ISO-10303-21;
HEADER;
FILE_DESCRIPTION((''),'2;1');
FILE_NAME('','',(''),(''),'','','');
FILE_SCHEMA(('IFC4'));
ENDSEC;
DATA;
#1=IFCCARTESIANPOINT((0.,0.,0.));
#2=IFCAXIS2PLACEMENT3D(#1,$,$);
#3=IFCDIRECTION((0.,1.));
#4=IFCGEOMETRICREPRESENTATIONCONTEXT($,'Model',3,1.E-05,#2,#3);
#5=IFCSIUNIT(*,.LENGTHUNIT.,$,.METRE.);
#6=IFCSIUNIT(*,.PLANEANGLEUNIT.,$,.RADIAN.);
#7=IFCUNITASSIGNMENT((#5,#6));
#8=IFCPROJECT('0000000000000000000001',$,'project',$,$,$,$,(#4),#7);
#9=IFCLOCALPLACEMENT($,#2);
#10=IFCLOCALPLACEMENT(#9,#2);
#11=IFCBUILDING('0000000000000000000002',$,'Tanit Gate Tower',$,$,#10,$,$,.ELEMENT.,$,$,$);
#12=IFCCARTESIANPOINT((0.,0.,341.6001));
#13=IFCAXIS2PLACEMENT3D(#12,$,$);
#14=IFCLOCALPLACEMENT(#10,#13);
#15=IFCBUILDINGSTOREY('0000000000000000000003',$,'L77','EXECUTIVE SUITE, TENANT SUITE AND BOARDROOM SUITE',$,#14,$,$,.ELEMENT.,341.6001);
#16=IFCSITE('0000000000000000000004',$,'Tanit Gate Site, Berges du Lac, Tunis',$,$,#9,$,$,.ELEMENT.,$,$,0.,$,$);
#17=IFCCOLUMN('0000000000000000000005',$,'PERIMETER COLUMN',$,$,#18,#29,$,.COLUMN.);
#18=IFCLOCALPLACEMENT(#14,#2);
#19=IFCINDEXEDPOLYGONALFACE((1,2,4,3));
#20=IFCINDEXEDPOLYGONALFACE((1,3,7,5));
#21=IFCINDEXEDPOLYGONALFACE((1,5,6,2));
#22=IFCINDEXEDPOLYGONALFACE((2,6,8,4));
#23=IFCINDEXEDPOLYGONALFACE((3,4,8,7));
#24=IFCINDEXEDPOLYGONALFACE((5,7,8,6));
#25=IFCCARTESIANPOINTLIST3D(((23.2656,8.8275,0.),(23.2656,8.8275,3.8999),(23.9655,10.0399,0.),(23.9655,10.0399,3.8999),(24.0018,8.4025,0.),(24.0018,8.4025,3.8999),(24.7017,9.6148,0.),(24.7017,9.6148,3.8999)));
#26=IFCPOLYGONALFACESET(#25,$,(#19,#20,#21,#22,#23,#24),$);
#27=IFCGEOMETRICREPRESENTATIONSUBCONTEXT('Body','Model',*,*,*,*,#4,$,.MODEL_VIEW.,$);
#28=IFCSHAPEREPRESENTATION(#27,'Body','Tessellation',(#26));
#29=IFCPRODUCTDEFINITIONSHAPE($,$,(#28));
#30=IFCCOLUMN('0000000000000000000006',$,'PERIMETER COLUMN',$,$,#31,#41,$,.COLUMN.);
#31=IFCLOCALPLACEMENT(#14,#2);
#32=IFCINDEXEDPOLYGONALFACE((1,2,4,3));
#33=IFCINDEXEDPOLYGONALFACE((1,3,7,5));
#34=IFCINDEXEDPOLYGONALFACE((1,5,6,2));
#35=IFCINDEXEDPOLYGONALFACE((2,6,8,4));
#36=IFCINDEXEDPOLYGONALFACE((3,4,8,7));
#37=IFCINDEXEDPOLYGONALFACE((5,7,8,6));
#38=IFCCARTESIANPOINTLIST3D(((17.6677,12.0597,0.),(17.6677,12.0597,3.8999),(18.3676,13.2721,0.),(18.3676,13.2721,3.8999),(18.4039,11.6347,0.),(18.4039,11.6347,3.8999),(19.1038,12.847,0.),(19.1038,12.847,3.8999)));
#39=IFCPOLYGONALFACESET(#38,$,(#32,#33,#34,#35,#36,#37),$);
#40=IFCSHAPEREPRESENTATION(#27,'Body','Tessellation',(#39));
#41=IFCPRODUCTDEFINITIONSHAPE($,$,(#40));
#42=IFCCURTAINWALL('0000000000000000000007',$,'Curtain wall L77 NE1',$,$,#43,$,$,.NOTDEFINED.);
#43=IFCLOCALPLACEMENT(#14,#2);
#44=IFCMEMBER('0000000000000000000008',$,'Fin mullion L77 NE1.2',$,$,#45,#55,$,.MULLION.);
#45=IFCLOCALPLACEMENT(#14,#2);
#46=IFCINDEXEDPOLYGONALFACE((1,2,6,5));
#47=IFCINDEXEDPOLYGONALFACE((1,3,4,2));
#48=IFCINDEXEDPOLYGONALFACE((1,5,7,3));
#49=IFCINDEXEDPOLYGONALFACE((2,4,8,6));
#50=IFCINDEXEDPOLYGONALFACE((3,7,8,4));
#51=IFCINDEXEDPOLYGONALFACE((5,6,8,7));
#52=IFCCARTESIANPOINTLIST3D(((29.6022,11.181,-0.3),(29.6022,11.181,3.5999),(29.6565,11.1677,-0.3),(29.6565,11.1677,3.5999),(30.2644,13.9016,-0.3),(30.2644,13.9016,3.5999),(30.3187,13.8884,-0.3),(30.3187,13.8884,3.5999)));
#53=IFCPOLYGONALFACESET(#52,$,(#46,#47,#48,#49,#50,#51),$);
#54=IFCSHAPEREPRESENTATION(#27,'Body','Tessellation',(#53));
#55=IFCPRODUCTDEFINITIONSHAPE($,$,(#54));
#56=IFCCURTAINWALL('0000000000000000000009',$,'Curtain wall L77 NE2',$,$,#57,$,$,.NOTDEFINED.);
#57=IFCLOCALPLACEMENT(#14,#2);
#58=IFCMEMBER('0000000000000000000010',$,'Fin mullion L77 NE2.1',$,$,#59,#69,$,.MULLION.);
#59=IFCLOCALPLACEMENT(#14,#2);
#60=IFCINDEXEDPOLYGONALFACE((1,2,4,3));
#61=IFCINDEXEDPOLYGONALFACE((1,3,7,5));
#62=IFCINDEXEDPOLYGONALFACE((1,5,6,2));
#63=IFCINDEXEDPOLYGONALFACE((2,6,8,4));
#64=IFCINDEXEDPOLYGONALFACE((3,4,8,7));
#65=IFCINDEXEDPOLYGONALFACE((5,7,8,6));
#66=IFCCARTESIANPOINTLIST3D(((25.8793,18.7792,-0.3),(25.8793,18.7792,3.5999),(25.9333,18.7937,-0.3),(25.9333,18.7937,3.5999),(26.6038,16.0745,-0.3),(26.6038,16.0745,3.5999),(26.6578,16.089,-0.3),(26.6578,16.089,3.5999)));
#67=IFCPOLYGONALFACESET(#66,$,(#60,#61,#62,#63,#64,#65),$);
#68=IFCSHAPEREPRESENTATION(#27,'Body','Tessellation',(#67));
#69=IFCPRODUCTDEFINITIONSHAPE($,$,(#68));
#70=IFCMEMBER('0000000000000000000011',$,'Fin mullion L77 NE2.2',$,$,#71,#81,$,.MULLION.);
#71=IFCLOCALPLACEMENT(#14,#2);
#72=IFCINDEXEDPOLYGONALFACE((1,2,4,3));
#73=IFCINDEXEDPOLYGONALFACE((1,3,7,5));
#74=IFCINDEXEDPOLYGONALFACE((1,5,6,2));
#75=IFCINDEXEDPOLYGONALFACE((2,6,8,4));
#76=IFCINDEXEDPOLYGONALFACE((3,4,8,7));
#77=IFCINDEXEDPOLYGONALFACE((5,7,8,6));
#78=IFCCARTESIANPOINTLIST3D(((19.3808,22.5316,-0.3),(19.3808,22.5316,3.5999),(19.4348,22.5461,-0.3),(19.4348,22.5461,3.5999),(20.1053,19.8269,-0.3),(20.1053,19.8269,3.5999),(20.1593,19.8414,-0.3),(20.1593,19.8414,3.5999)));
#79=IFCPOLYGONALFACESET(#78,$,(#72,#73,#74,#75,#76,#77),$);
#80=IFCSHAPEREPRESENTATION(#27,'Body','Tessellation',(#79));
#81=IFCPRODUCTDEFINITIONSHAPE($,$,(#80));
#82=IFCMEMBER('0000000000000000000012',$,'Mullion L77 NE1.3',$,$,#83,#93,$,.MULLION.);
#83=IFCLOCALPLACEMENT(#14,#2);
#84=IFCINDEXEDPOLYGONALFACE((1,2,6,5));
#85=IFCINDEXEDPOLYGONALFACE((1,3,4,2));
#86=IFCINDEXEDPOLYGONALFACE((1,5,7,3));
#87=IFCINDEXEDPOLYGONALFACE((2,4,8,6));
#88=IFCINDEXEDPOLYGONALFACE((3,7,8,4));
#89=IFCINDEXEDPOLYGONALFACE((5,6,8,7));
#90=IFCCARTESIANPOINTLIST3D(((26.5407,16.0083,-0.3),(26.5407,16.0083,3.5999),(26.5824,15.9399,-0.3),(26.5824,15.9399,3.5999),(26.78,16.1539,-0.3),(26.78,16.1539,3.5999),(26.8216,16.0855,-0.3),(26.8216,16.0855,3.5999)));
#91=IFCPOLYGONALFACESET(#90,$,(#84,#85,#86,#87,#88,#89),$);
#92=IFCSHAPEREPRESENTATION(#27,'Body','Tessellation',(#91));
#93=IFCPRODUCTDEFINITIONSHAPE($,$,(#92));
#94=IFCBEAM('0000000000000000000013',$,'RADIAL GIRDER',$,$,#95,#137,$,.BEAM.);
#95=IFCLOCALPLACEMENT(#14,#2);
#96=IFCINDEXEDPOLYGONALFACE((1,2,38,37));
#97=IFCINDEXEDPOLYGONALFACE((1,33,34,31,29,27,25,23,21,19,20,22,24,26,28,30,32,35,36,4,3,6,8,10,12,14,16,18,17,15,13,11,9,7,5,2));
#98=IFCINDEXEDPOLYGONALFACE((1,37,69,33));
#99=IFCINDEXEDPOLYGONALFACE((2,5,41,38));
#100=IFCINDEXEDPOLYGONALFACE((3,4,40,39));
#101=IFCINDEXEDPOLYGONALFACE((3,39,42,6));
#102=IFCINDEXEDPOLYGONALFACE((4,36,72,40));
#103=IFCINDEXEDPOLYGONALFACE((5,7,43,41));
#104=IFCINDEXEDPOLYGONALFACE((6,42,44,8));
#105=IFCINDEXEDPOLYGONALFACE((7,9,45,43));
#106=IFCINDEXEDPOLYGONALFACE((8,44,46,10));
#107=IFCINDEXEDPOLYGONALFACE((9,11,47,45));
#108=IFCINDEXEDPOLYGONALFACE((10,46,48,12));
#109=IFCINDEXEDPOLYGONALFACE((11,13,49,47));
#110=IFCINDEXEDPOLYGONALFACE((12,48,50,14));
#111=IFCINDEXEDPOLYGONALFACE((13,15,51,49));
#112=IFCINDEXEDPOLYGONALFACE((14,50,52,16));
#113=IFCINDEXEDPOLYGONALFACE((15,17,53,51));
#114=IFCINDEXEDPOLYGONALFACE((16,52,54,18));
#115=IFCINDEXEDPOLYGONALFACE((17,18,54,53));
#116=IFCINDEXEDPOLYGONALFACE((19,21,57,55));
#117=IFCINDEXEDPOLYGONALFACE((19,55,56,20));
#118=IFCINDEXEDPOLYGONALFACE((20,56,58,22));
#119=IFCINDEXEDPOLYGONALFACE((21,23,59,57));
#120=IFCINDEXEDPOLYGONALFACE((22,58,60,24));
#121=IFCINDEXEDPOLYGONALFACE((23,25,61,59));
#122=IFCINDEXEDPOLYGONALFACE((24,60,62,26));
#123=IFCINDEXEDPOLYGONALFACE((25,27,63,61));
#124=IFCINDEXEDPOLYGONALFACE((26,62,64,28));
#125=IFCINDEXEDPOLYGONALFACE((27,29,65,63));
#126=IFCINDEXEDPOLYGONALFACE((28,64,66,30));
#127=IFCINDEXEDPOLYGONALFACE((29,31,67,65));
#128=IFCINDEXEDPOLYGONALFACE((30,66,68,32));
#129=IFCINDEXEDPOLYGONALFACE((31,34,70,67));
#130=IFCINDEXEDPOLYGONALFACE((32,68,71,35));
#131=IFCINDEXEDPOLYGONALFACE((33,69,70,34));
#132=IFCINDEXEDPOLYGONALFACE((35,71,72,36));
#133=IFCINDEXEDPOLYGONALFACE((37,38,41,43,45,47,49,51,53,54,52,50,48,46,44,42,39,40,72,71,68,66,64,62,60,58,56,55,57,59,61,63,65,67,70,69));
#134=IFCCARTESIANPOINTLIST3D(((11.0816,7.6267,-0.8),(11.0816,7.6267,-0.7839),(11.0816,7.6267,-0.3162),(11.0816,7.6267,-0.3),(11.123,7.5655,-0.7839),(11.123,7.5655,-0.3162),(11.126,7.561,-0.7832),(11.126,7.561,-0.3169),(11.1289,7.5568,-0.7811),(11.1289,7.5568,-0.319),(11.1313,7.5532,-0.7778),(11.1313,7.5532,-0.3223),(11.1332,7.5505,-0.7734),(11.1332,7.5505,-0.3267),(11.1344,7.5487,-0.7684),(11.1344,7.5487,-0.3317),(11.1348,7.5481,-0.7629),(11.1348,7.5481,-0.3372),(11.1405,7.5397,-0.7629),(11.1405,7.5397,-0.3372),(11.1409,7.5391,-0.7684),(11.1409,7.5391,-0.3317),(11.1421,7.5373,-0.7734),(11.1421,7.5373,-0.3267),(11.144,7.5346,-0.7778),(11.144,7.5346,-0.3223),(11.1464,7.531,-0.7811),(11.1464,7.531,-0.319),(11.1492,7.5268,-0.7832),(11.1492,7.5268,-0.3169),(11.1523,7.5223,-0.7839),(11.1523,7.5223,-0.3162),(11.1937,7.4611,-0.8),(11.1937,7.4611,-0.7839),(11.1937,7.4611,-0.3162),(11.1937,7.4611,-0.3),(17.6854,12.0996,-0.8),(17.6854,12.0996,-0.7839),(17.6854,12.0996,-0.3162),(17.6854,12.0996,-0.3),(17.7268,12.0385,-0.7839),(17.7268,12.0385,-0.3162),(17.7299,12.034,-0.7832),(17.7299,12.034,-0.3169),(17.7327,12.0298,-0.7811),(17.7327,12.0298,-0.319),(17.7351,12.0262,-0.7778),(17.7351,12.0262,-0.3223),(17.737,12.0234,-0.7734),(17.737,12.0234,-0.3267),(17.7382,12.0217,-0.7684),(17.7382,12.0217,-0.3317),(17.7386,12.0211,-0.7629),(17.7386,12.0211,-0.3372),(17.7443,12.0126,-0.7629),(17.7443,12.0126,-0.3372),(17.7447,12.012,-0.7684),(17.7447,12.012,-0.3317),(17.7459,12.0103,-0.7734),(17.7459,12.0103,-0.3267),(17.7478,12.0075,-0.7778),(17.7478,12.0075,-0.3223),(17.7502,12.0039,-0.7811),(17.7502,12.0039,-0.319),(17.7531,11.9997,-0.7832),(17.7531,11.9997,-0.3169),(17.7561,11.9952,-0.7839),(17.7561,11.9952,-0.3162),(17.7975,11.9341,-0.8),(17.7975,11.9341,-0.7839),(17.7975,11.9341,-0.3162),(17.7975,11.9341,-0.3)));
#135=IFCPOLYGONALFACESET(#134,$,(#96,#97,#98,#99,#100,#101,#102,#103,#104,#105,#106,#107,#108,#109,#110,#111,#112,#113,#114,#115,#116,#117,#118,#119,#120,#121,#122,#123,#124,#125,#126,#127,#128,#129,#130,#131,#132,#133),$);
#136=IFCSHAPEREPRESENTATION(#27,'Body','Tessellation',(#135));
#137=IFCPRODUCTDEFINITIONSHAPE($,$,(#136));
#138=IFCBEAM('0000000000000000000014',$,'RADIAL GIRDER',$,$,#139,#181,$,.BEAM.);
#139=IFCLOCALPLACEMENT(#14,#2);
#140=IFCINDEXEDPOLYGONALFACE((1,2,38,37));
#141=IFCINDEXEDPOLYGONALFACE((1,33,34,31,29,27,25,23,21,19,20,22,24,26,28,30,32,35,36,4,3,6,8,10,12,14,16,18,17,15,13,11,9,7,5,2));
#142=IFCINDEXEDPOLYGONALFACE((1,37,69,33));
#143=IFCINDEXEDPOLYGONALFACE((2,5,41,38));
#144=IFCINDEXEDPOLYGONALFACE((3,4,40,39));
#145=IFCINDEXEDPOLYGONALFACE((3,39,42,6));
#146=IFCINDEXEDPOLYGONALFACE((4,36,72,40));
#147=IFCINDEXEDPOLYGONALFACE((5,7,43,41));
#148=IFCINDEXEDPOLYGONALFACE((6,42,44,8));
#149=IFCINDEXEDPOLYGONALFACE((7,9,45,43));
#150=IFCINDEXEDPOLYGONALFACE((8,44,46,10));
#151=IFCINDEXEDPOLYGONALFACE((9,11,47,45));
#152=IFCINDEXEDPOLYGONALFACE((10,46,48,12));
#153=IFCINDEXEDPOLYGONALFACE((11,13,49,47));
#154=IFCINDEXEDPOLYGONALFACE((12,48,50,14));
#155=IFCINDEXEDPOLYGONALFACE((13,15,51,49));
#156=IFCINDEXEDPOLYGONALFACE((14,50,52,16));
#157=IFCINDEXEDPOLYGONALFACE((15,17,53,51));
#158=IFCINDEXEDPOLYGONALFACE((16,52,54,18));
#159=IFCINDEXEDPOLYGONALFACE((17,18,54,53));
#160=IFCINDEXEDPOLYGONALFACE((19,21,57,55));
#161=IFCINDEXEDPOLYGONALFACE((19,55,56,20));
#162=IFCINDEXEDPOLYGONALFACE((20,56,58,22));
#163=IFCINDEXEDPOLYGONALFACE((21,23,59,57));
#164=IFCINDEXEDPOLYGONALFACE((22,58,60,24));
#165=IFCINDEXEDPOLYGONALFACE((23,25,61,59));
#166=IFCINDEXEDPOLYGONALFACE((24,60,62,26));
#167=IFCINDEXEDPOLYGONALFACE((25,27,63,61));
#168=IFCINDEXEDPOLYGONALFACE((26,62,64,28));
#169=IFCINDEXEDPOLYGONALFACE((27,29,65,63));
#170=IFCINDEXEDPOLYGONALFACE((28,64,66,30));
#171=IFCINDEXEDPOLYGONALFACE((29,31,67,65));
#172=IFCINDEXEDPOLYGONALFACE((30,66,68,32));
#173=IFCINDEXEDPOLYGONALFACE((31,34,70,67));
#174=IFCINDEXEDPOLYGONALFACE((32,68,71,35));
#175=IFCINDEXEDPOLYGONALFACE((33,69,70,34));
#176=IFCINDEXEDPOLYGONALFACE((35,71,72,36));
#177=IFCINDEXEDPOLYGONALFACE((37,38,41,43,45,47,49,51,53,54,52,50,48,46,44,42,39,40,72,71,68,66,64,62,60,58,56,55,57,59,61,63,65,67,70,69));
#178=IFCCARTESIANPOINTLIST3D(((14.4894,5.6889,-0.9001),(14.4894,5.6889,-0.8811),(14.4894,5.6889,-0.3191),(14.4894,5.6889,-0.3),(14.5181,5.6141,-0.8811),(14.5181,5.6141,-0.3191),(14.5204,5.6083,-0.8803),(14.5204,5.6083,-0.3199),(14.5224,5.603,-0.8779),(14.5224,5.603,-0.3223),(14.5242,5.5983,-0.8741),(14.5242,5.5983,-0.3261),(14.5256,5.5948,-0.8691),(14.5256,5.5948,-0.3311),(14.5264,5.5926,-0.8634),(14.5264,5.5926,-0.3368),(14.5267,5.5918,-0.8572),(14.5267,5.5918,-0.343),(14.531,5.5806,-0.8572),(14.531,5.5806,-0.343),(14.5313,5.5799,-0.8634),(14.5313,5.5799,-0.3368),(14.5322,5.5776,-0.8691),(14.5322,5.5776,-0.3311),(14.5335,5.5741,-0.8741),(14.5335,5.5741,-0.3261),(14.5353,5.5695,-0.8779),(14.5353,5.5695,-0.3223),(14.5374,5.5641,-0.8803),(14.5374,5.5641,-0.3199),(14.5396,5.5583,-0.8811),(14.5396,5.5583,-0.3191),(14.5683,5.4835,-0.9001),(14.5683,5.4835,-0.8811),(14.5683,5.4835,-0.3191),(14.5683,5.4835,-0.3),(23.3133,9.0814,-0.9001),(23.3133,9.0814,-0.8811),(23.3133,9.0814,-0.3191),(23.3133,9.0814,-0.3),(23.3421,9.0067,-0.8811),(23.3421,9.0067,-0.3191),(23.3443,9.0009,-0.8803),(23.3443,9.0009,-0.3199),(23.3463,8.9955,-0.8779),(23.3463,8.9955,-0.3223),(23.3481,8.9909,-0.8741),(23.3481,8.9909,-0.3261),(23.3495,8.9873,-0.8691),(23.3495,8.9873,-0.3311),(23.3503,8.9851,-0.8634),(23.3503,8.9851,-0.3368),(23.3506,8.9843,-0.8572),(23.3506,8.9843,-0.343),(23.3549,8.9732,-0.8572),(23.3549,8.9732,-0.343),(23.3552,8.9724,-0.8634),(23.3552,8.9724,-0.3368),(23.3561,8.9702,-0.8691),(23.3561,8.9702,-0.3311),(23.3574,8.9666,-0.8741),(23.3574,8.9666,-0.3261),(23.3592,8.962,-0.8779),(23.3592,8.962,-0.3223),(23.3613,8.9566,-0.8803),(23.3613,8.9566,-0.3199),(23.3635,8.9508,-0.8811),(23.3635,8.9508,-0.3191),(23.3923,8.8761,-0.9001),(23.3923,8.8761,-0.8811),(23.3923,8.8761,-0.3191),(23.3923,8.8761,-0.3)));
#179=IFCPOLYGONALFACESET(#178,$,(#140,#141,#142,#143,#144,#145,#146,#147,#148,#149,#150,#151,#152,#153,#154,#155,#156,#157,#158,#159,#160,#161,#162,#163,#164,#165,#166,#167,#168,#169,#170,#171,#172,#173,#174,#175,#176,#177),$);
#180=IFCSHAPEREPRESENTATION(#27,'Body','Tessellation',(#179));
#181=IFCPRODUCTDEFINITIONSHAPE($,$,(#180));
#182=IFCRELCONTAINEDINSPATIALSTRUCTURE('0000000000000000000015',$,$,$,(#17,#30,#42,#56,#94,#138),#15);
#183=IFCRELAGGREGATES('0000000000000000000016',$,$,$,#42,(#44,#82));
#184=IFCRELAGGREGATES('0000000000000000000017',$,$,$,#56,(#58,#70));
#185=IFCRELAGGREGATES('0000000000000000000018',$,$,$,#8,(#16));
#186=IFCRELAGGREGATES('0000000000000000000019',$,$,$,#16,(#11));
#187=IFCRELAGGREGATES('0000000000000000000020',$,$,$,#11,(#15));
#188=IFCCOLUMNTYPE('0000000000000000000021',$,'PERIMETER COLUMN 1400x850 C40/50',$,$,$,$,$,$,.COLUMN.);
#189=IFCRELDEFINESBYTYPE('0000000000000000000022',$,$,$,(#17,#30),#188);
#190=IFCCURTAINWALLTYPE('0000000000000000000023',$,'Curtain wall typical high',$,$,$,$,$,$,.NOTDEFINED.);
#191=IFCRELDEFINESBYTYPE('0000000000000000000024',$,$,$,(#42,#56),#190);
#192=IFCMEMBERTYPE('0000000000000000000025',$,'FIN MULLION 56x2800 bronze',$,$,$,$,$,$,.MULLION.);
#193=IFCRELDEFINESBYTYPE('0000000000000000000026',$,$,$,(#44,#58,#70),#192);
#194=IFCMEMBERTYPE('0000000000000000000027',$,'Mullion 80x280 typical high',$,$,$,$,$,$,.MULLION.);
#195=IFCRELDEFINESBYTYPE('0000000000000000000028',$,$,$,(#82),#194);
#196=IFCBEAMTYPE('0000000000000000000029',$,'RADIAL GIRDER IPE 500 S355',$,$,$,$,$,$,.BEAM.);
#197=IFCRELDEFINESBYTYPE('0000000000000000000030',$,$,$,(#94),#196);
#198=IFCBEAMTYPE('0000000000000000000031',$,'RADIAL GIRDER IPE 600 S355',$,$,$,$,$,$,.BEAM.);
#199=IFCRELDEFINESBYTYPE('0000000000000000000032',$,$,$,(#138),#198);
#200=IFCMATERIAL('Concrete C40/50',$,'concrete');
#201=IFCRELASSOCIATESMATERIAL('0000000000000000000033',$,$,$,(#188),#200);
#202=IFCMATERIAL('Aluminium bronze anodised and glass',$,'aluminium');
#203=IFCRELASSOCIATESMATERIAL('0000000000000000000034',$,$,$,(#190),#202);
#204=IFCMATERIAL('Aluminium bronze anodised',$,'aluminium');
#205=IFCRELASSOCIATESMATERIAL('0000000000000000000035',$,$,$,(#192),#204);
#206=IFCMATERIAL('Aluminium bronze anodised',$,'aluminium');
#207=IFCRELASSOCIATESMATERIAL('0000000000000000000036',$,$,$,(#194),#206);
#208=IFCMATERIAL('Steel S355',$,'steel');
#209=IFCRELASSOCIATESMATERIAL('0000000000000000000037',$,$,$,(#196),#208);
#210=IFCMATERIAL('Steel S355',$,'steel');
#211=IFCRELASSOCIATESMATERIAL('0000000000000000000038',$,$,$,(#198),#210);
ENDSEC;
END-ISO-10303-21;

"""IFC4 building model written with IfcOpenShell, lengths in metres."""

from ifc_helpers import new_model, si_unit, direction, frame, origin, origin_2d, place, context, subcontext, project, spatial, rectangle, i_section, extrude, material, material_profile, profile_set, type_object, element, aggregate, save


model = new_model("IFC4")

# Units and contexts
model_context = context("Model", 3, precision=1e-05, world=origin(), true_north=direction((0.0, 1.0)))
body_context = subcontext(model_context, "Body", "Model", "MODEL_VIEW")
ifc_project = project(units=[si_unit("LENGTHUNIT", "METRE"), si_unit("PLANEANGLEUNIT", "RADIAN")], contexts=[model_context])

# Site, building, storey
site_placement = place(None, origin())
site = spatial("IfcSite", under=ifc_project, at=site_placement, Name="Tanit Gate Site, Berges du Lac, Tunis", CompositionType="ELEMENT", RefElevation=0.0)
building_placement = place(site_placement, origin())
building = spatial("IfcBuilding", under=site, at=building_placement, Name="Tanit Gate Tower", CompositionType="ELEMENT")
storey_placement = place(building_placement, frame((0.0, 0.0, 341.6001)))
storey = spatial("IfcBuildingStorey", under=building, at=storey_placement, Name="L77", Description="EXECUTIVE SUITE, TENANT SUITE AND BOARDROOM SUITE", CompositionType="ELEMENT", Elevation=341.6001)

# Columns
ifc_material_1 = material(Name="Concrete C40/50", Category="concrete")
ifc_material_profile_1 = material_profile(ifc_material_1, rectangle(XDim=1.3999, YDim=0.8501, at=origin_2d()), Name="RC 1400x850")
ifc_profile_set_1 = profile_set([ifc_material_profile_1], Name="Concrete C40/50")
column_type = type_object("IfcColumnType", Name="PERIMETER COLUMN 1400x850 C40/50", PredefinedType="COLUMN", material=ifc_profile_set_1)
for number, where, z_axis, x_axis, name in (
    (1, (23.9836, 9.2212, 0.0), (0.0, 0.0, 1.0), (0.5, 0.866025, 0.0), "PERIMETER COLUMN"),
    (2, (18.3857, 12.4534, 0.0), (0.0, 0.0, 1.0), (0.5, 0.866025, 0.0), "PERIMETER COLUMN"),
):
    element("IfcColumn", number, at=place(storey_placement, frame(where, z_axis=z_axis, x_axis=x_axis)), inside=storey, type_object=column_type, Name=name, PredefinedType="COLUMN", context=body_context, shape_type="SweptSolid", body=[
        extrude(rectangle(XDim=1.3999, YDim=0.8501, at=origin_2d()), origin(), (0.0, 0.0, 1.0), 3.8999),
    ])

# Curtain wall, member
ifc_material_2 = material(Name="Aluminium bronze anodised and glass", Category="aluminium")
curtain_wall_type = type_object("IfcCurtainWallType", Name="Curtain wall typical high", PredefinedType="NOTDEFINED", material=ifc_material_2)
curtain_wall_1_placement = place(storey_placement, origin())
curtain_wall_1 = element("IfcCurtainWall", 3, at=curtain_wall_1_placement, inside=storey, type_object=curtain_wall_type, Name="Curtain wall L77 NE1", PredefinedType="NOTDEFINED")
ifc_material_3 = material(Name="Aluminium bronze anodised", Category="aluminium")
ifc_material_profile_2 = material_profile(ifc_material_3, rectangle(XDim=2.8, YDim=0.0559, at=origin_2d()), Name="56x2800 bronze fin mullion")
ifc_profile_set_2 = profile_set([ifc_material_profile_2], Name="Aluminium bronze anodised")
member_type_1 = type_object("IfcMemberType", Name="FIN MULLION 56x2800 bronze", PredefinedType="MULLION", material=ifc_profile_set_2)
member_1_placement = place(storey_placement, frame((29.9604, 12.5347, -0.3), z_axis=(0.0, 0.0, 1.0), x_axis=(-0.236496, -0.971633, 0.0)))
member_1 = element("IfcMember", 4, at=member_1_placement, type_object=member_type_1, Name="Fin mullion L77 NE1.2", PredefinedType="MULLION", context=body_context, shape_type="SweptSolid", body=[
    extrude(rectangle(XDim=2.8, YDim=0.0559, at=origin_2d()), origin(), (0.0, 0.0, 1.0), 3.8999),
])

# Curtain wall, members
curtain_wall_2_placement = place(storey_placement, origin())
curtain_wall_2 = element("IfcCurtainWall", 5, at=curtain_wall_2_placement, inside=storey, type_object=curtain_wall_type, Name="Curtain wall L77 NE2", PredefinedType="NOTDEFINED")
member_2_placement = place(storey_placement, frame((26.2686, 17.4341, -0.3), z_axis=(0.0, 0.0, 1.0), x_axis=(0.258752, -0.965944, 0.0)))
member_2 = element("IfcMember", 6, at=member_2_placement, type_object=member_type_1, Name="Fin mullion L77 NE2.1", PredefinedType="MULLION", context=body_context, shape_type="SweptSolid", body=[
    extrude(rectangle(XDim=2.8, YDim=0.0559, at=origin_2d()), origin(), (0.0, 0.0, 1.0), 3.8999),
])
member_3_placement = place(storey_placement, frame((19.77, 21.1865, -0.3), z_axis=(0.0, 0.0, 1.0), x_axis=(0.258752, -0.965944, 0.0)))
member_3 = element("IfcMember", 7, at=member_3_placement, type_object=member_type_1, Name="Fin mullion L77 NE2.2", PredefinedType="MULLION", context=body_context, shape_type="SweptSolid", body=[
    extrude(rectangle(XDim=2.8, YDim=0.0559, at=origin_2d()), origin(), (0.0, 0.0, 1.0), 3.8999),
])

# Member
ifc_material_4 = material(Name="Aluminium bronze anodised", Category="aluminium")
ifc_material_profile_3 = material_profile(ifc_material_4, rectangle(XDim=0.28, YDim=0.0801, at=origin_2d()), Name="80x280 bronze mullion")
ifc_profile_set_3 = profile_set([ifc_material_profile_3], Name="Aluminium bronze anodised")
member_type_2 = type_object("IfcMemberType", Name="Mullion 80x280 typical high", PredefinedType="MULLION", material=ifc_profile_set_3)
member_4_placement = place(storey_placement, frame((26.6812, 16.0469, -0.3), z_axis=(0.0, 0.0, 1.0), x_axis=(-0.854276, -0.51982, 0.0)))
member_4 = element("IfcMember", 8, at=member_4_placement, type_object=member_type_2, Name="Mullion L77 NE1.3", PredefinedType="MULLION", context=body_context, shape_type="SweptSolid", body=[
    extrude(rectangle(XDim=0.28, YDim=0.0801, at=origin_2d()), origin(), (0.0, 0.0, 1.0), 3.8999),
])

# Beams
ifc_material_5 = material(Name="Steel S355", Category="steel")
ifc_material_profile_4 = material_profile(ifc_material_5, i_section(OverallWidth=0.2, OverallDepth=0.5, WebThickness=0.0103, FlangeThickness=0.0161, FilletRadius=0.021, at=origin_2d()), Name="IPE 500")
ifc_profile_set_4 = profile_set([ifc_material_profile_4], Name="Steel S355")
beam_type_1 = type_object("IfcBeamType", Name="RADIAL GIRDER IPE 500 S355", PredefinedType="BEAM", material=ifc_profile_set_4)
beam_1_placement = place(storey_placement, frame((17.7415, 12.0168, -0.55), z_axis=(-0.827954, -0.560795, 0.0), x_axis=(0.560795, -0.827954, 0.0)))
element("IfcBeam", 9, at=beam_1_placement, inside=storey, type_object=beam_type_1, Name="RADIAL GIRDER", PredefinedType="BEAM", context=body_context, shape_type="SweptSolid", body=[
    extrude(i_section(OverallWidth=0.2, OverallDepth=0.5, WebThickness=0.0103, FlangeThickness=0.0161, FilletRadius=0.021, at=origin_2d()), origin(), (0.0, 0.0, 1.0), 7.9761),
])
ifc_material_6 = material(Name="Steel S355", Category="steel")
ifc_material_profile_5 = material_profile(ifc_material_6, i_section(OverallWidth=0.22, OverallDepth=0.6001, WebThickness=0.012, FlangeThickness=0.019, FilletRadius=0.0239, at=origin_2d()), Name="IPE 600")
ifc_profile_set_5 = profile_set([ifc_material_profile_5], Name="Steel S355")
beam_type_2 = type_object("IfcBeamType", Name="RADIAL GIRDER IPE 600 S355", PredefinedType="BEAM", material=ifc_profile_set_5)
beam_2_placement = place(storey_placement, frame((23.3528, 8.9788, -0.6001), z_axis=(-0.93339, -0.358863, 0.0), x_axis=(0.358863, -0.93339, 0.0)))
element("IfcBeam", 10, at=beam_2_placement, inside=storey, type_object=beam_type_2, Name="RADIAL GIRDER", PredefinedType="BEAM", context=body_context, shape_type="SweptSolid", body=[
    extrude(i_section(OverallWidth=0.22, OverallDepth=0.6001, WebThickness=0.012, FlangeThickness=0.019, FilletRadius=0.0239, at=origin_2d()), origin(), (0.0, 0.0, 1.0), 9.4536),
])

aggregate(curtain_wall_1, [member_1, member_4])
aggregate(curtain_wall_2, [member_2, member_3])

save(model, "model.ifc")
